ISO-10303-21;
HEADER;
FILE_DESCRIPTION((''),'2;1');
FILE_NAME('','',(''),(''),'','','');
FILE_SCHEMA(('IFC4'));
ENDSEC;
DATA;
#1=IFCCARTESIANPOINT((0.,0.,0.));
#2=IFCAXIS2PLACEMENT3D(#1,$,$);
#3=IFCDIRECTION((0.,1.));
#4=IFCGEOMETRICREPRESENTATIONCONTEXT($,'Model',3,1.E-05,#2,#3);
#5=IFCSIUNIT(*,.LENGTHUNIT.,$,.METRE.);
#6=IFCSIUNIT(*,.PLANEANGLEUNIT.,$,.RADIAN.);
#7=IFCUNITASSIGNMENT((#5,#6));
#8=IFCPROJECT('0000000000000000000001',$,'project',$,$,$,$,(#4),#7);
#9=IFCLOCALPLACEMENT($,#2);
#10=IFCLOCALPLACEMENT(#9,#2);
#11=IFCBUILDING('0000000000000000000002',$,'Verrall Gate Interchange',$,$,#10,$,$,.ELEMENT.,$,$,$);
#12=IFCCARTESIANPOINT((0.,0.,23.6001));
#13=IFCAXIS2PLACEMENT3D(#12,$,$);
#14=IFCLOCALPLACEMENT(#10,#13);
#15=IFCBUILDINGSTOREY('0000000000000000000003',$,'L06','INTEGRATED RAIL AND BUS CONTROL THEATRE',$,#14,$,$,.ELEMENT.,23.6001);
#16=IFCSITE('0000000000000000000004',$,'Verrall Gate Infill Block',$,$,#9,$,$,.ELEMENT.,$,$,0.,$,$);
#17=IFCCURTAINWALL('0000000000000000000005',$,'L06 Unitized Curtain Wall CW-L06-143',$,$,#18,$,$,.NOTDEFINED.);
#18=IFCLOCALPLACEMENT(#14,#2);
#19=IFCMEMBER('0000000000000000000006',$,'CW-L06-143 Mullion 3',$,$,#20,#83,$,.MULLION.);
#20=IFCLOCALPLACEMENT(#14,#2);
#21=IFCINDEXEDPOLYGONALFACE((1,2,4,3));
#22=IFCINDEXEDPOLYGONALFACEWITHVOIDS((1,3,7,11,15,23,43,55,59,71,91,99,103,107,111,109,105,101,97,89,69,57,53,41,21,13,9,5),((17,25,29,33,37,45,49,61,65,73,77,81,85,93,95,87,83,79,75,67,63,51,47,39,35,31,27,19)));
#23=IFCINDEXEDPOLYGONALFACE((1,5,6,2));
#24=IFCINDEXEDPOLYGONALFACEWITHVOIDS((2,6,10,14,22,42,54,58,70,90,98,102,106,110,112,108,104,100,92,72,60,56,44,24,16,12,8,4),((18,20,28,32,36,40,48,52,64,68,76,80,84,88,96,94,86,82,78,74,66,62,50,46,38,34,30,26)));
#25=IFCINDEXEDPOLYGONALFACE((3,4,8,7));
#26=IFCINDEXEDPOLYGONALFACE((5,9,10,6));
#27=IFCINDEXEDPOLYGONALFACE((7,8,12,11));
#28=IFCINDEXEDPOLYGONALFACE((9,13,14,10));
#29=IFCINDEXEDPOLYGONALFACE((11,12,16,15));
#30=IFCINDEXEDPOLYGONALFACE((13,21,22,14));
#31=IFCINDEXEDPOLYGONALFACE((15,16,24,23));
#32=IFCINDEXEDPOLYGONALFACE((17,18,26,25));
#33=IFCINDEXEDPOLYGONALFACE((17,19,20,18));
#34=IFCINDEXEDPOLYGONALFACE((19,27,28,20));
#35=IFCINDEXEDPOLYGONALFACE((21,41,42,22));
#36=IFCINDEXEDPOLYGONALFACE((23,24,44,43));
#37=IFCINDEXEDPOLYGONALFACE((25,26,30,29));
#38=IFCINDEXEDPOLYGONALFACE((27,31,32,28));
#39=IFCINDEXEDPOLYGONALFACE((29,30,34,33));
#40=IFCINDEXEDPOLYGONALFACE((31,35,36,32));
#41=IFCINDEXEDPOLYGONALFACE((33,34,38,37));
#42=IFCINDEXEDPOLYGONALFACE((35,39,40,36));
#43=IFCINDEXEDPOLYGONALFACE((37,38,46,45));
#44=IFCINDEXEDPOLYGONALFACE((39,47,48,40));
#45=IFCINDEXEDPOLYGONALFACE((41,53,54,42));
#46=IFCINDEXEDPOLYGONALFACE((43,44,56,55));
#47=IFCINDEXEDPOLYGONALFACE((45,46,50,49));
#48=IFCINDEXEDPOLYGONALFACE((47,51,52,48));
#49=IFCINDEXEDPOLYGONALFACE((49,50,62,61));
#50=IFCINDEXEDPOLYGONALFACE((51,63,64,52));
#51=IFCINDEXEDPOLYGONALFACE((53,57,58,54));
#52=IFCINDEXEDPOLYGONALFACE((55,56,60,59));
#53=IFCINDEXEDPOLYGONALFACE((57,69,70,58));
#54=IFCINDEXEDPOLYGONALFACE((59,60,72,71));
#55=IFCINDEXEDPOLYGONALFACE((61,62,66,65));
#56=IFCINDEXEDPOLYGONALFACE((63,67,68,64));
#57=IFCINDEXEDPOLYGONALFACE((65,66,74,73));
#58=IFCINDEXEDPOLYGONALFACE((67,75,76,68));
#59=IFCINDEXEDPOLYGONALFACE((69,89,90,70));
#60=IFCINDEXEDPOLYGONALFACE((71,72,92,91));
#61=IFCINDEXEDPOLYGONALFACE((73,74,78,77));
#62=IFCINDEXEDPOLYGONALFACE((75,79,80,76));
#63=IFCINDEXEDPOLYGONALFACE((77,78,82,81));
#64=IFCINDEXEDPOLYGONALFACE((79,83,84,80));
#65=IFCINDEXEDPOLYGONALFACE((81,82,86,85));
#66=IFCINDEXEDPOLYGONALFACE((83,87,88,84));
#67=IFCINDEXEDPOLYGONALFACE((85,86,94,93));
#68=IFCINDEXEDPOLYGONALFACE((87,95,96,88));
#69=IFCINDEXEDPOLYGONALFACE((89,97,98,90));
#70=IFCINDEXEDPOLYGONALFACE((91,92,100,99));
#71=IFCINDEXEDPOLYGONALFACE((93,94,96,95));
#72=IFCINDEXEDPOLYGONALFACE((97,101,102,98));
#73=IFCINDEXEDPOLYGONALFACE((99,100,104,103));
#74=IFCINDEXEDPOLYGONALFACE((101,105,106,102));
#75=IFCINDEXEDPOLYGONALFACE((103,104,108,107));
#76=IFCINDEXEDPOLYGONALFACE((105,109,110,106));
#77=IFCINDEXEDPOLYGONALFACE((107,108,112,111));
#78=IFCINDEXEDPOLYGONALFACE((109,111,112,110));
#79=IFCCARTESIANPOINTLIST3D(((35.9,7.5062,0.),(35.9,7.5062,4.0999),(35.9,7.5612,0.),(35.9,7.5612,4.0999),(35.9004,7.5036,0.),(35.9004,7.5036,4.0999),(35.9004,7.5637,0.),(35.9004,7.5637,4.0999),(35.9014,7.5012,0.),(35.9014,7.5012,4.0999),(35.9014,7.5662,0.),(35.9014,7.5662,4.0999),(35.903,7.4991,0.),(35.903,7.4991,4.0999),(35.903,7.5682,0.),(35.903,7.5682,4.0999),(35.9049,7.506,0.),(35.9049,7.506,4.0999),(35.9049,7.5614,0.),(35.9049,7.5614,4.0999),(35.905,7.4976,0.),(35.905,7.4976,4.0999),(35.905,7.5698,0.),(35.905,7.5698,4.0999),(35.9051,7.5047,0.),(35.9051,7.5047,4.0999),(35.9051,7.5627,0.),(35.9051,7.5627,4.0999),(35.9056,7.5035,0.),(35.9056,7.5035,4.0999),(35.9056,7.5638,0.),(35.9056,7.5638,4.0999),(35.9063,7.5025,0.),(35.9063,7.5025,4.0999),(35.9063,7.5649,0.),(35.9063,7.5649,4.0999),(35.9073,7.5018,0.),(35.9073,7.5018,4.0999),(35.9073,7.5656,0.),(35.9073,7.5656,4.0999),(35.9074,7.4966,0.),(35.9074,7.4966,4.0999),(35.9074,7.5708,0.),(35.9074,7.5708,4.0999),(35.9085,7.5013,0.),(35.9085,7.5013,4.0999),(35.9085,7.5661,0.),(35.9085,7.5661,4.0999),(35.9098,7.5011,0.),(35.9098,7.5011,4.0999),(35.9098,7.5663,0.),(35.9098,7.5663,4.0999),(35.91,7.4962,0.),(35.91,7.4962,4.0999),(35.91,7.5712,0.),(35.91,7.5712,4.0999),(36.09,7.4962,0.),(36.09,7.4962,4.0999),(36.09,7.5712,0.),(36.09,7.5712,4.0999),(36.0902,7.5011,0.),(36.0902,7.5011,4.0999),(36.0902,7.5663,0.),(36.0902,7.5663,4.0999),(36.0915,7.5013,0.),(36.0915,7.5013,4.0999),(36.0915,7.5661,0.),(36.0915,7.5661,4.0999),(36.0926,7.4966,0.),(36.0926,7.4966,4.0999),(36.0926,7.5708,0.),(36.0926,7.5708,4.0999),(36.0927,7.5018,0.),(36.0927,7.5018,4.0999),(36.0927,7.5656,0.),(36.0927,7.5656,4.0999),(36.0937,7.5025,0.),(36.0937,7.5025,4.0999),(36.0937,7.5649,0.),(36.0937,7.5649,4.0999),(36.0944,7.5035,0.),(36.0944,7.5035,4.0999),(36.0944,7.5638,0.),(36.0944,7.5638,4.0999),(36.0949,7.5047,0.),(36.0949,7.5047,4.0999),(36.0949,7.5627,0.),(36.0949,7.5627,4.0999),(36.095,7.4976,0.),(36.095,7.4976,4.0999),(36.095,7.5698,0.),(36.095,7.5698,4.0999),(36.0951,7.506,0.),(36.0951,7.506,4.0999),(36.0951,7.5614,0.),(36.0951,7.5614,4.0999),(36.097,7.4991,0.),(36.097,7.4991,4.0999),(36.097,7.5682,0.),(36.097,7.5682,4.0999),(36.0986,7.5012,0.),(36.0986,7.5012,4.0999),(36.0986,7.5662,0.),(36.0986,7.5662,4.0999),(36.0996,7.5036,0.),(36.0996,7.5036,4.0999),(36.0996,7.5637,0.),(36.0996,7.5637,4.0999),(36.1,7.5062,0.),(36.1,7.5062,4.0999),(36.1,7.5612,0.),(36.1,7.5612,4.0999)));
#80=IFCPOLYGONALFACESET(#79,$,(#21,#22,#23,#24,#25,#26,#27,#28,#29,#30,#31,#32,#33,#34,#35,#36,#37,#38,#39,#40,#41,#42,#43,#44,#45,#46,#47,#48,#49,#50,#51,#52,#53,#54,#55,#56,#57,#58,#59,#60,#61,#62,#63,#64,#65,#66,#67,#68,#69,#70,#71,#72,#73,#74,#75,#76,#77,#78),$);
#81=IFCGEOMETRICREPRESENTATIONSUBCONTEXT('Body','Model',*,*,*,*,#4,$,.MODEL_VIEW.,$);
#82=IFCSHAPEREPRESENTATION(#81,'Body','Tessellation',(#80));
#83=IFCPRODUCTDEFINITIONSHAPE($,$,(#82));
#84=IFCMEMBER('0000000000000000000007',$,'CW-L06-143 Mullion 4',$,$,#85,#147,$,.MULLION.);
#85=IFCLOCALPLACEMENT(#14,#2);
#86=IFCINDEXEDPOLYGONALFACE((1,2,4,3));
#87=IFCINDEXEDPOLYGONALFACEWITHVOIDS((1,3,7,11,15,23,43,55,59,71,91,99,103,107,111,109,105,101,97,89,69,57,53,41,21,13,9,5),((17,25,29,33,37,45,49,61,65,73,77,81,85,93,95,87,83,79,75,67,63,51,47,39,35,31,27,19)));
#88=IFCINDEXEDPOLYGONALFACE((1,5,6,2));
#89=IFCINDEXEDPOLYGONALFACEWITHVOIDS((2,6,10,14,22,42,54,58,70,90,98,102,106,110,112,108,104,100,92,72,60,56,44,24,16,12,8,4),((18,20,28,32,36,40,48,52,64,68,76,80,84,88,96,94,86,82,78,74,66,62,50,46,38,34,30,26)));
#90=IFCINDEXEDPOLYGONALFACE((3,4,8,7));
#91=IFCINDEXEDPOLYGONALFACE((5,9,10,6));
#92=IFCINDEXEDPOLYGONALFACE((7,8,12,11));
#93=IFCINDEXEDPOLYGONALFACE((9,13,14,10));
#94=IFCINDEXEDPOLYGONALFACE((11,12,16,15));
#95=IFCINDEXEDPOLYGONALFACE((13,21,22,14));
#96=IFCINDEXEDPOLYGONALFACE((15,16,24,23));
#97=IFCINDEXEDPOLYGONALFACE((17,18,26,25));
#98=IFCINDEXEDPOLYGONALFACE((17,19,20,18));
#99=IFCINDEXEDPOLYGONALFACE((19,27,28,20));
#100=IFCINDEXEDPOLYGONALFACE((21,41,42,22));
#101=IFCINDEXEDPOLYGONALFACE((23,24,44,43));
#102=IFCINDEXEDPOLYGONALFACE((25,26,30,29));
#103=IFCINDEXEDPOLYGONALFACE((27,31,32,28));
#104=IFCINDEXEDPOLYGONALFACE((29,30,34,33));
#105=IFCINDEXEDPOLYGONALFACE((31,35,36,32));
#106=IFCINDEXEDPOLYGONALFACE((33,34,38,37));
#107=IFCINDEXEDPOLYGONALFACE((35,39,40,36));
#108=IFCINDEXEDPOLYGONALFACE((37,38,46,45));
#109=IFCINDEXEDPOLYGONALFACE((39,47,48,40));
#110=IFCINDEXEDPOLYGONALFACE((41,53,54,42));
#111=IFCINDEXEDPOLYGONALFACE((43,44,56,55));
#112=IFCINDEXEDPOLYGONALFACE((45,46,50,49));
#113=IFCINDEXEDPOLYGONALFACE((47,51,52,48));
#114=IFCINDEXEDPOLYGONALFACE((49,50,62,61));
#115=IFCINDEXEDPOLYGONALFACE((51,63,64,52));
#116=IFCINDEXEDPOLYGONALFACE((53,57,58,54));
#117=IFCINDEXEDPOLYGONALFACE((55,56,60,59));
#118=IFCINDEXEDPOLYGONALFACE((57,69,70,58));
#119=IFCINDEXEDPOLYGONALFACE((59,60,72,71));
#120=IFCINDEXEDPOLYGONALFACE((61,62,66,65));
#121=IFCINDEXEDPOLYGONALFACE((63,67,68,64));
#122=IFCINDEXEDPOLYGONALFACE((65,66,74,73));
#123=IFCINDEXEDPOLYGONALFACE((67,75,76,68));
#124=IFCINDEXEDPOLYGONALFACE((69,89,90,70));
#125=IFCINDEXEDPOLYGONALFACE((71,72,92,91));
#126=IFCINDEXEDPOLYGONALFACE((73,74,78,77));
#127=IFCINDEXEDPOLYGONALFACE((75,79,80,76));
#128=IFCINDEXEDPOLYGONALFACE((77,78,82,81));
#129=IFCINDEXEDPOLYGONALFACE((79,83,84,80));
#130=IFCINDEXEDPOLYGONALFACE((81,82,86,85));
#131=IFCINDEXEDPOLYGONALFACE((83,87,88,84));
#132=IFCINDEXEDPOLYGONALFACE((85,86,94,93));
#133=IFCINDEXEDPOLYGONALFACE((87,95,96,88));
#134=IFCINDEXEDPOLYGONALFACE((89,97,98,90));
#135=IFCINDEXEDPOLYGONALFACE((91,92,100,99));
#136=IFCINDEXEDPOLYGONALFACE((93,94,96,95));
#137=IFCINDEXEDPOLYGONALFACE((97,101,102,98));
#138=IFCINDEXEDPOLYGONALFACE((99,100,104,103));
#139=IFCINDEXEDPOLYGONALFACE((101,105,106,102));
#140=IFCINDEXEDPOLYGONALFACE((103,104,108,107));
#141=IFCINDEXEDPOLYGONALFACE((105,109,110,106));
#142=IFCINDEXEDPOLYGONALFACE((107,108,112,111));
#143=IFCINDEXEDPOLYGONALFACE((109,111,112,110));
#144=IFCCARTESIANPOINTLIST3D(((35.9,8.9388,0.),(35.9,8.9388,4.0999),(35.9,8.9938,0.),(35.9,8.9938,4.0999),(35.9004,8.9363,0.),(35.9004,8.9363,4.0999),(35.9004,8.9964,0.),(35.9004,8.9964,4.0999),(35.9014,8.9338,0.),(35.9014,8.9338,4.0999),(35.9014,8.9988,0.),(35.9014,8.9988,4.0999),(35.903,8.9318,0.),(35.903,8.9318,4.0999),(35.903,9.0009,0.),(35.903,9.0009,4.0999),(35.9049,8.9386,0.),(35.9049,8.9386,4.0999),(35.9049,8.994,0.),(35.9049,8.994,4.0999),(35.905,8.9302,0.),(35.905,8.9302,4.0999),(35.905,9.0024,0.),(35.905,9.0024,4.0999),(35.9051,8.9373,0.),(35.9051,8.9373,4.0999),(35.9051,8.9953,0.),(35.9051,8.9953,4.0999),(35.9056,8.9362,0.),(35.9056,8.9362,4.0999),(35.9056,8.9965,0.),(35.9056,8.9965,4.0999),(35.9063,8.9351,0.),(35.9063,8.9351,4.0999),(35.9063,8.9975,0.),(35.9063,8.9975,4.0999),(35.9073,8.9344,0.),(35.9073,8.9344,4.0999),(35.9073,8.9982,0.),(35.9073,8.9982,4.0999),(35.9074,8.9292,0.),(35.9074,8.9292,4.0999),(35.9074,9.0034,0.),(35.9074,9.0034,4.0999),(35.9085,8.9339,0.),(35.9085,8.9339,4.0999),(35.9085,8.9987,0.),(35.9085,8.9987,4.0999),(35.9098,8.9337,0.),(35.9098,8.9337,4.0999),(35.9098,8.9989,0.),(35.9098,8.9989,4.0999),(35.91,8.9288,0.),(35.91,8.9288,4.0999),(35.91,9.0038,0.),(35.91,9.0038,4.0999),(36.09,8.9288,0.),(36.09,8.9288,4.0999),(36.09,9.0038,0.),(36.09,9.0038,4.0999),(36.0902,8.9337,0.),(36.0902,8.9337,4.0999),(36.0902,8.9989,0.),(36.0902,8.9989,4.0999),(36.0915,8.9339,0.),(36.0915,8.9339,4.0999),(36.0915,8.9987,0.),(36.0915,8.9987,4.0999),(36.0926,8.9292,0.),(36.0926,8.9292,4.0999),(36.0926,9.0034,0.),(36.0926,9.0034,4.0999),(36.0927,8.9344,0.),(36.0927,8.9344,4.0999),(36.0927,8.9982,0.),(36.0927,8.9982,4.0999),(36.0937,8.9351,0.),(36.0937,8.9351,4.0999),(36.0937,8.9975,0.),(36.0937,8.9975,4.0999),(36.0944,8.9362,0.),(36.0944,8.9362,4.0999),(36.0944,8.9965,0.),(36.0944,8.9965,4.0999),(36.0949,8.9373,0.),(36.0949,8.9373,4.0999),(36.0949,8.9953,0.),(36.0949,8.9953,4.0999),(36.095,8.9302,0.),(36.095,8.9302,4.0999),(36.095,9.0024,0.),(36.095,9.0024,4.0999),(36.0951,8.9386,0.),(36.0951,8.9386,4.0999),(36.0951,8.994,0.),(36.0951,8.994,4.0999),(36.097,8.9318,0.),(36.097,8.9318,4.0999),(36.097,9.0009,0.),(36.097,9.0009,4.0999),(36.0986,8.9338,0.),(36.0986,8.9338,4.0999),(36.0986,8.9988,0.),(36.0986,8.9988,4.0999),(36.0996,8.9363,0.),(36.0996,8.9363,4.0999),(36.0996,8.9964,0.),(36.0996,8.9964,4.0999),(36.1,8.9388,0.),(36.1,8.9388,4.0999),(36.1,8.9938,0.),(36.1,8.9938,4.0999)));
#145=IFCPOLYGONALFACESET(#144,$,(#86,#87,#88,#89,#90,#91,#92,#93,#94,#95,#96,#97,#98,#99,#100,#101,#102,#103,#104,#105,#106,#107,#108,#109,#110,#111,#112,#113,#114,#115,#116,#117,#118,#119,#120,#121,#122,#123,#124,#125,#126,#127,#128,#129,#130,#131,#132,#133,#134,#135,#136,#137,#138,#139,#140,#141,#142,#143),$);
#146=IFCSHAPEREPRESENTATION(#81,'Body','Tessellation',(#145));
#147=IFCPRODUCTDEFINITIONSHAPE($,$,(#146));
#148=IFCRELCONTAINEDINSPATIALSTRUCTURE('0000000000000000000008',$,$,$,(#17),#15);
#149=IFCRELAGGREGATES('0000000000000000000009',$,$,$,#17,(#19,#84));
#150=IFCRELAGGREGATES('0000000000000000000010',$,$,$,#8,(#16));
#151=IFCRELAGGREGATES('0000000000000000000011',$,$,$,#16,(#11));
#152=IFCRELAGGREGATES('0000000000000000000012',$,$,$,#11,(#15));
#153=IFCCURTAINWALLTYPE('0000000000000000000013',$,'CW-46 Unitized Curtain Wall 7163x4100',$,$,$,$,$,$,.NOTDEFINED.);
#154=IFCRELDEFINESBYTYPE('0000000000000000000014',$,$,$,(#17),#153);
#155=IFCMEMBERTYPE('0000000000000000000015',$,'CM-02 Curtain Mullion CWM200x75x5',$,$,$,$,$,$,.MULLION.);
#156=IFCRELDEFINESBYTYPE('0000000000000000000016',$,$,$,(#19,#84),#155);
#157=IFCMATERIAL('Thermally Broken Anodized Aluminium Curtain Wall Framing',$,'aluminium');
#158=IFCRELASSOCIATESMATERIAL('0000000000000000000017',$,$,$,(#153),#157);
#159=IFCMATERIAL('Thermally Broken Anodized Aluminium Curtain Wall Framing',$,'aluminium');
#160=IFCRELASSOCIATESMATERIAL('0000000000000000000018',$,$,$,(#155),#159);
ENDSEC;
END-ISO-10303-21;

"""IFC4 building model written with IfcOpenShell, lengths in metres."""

from ifc_helpers import new_model, si_unit, direction, frame, origin, origin_2d, place, context, subcontext, project, spatial, hollow_rectangle, extrude, material, material_profile, profile_set, type_object, element, aggregate, save


model = new_model("IFC4")

# Units and contexts
model_context = context("Model", 3, precision=1e-05, world=origin(), true_north=direction((0.0, 1.0)))
body_context = subcontext(model_context, "Body", "Model", "MODEL_VIEW")
ifc_project = project(units=[si_unit("LENGTHUNIT", "METRE"), si_unit("PLANEANGLEUNIT", "RADIAN")], contexts=[model_context])

# Site, building, storey
site_placement = place(None, origin())
site = spatial("IfcSite", under=ifc_project, at=site_placement, Name="Verrall Gate Infill Block", CompositionType="ELEMENT", RefElevation=0.0)
building_placement = place(site_placement, origin())
building = spatial("IfcBuilding", under=site, at=building_placement, Name="Verrall Gate Interchange", CompositionType="ELEMENT")
storey_placement = place(building_placement, frame((0.0, 0.0, 23.6001)))
storey = spatial("IfcBuildingStorey", under=building, at=storey_placement, Name="L06", Description="INTEGRATED RAIL AND BUS CONTROL THEATRE", CompositionType="ELEMENT", Elevation=23.6001)

# Curtain wall, members
ifc_material_1 = material(Name="Thermally Broken Anodized Aluminium Curtain Wall Framing", Category="aluminium")
curtain_wall_type_1 = type_object("IfcCurtainWallType", Name="CW-46 Unitized Curtain Wall 7163x4100", PredefinedType="NOTDEFINED", material=ifc_material_1)
curtain_wall_1_placement = place(storey_placement, origin())
curtain_wall_1 = element("IfcCurtainWall", 1, at=curtain_wall_1_placement, inside=storey, type_object=curtain_wall_type_1, Name="L06 Unitized Curtain Wall CW-L06-143", PredefinedType="NOTDEFINED")
ifc_material_2 = material(Name="Thermally Broken Anodized Aluminium Curtain Wall Framing", Category="aluminium")
ifc_material_profile_1 = material_profile(ifc_material_2, hollow_rectangle(XDim=0.075, YDim=0.2, WallThickness=0.0049, InnerFilletRadius=0.0049, OuterFilletRadius=0.01, at=origin_2d()), Name="CWM200x75x5")
ifc_profile_set_1 = profile_set([ifc_material_profile_1], Name="Thermally Broken Anodized Aluminium Curtain Wall Framing")
member_type_1 = type_object("IfcMemberType", Name="CM-02 Curtain Mullion CWM200x75x5", PredefinedType="MULLION", material=ifc_profile_set_1)
member_1_placement = place(storey_placement, frame((36.0, 7.5337, 0.0), z_axis=(0.0, 0.0, 1.0), x_axis=(0.0, 1.0, 0.0)))
member_1 = element("IfcMember", 2, at=member_1_placement, type_object=member_type_1, Name="CW-L06-143 Mullion 3", PredefinedType="MULLION", context=body_context, shape_type="SweptSolid", body=[
    extrude(hollow_rectangle(XDim=0.075, YDim=0.2, WallThickness=0.0049, InnerFilletRadius=0.0049, OuterFilletRadius=0.01, at=origin_2d()), origin(), (0.0, 0.0, 1.0), 4.0999),
])
member_2_placement = place(storey_placement, frame((36.0, 8.9663, 0.0), z_axis=(0.0, 0.0, 1.0), x_axis=(0.0, 1.0, 0.0)))
member_2 = element("IfcMember", 3, at=member_2_placement, type_object=member_type_1, Name="CW-L06-143 Mullion 4", PredefinedType="MULLION", context=body_context, shape_type="SweptSolid", body=[
    extrude(hollow_rectangle(XDim=0.075, YDim=0.2, WallThickness=0.0049, InnerFilletRadius=0.0049, OuterFilletRadius=0.01, at=origin_2d()), origin(), (0.0, 0.0, 1.0), 4.0999),
])

aggregate(curtain_wall_1, [member_1, member_2])

save(model, "model.ifc")
